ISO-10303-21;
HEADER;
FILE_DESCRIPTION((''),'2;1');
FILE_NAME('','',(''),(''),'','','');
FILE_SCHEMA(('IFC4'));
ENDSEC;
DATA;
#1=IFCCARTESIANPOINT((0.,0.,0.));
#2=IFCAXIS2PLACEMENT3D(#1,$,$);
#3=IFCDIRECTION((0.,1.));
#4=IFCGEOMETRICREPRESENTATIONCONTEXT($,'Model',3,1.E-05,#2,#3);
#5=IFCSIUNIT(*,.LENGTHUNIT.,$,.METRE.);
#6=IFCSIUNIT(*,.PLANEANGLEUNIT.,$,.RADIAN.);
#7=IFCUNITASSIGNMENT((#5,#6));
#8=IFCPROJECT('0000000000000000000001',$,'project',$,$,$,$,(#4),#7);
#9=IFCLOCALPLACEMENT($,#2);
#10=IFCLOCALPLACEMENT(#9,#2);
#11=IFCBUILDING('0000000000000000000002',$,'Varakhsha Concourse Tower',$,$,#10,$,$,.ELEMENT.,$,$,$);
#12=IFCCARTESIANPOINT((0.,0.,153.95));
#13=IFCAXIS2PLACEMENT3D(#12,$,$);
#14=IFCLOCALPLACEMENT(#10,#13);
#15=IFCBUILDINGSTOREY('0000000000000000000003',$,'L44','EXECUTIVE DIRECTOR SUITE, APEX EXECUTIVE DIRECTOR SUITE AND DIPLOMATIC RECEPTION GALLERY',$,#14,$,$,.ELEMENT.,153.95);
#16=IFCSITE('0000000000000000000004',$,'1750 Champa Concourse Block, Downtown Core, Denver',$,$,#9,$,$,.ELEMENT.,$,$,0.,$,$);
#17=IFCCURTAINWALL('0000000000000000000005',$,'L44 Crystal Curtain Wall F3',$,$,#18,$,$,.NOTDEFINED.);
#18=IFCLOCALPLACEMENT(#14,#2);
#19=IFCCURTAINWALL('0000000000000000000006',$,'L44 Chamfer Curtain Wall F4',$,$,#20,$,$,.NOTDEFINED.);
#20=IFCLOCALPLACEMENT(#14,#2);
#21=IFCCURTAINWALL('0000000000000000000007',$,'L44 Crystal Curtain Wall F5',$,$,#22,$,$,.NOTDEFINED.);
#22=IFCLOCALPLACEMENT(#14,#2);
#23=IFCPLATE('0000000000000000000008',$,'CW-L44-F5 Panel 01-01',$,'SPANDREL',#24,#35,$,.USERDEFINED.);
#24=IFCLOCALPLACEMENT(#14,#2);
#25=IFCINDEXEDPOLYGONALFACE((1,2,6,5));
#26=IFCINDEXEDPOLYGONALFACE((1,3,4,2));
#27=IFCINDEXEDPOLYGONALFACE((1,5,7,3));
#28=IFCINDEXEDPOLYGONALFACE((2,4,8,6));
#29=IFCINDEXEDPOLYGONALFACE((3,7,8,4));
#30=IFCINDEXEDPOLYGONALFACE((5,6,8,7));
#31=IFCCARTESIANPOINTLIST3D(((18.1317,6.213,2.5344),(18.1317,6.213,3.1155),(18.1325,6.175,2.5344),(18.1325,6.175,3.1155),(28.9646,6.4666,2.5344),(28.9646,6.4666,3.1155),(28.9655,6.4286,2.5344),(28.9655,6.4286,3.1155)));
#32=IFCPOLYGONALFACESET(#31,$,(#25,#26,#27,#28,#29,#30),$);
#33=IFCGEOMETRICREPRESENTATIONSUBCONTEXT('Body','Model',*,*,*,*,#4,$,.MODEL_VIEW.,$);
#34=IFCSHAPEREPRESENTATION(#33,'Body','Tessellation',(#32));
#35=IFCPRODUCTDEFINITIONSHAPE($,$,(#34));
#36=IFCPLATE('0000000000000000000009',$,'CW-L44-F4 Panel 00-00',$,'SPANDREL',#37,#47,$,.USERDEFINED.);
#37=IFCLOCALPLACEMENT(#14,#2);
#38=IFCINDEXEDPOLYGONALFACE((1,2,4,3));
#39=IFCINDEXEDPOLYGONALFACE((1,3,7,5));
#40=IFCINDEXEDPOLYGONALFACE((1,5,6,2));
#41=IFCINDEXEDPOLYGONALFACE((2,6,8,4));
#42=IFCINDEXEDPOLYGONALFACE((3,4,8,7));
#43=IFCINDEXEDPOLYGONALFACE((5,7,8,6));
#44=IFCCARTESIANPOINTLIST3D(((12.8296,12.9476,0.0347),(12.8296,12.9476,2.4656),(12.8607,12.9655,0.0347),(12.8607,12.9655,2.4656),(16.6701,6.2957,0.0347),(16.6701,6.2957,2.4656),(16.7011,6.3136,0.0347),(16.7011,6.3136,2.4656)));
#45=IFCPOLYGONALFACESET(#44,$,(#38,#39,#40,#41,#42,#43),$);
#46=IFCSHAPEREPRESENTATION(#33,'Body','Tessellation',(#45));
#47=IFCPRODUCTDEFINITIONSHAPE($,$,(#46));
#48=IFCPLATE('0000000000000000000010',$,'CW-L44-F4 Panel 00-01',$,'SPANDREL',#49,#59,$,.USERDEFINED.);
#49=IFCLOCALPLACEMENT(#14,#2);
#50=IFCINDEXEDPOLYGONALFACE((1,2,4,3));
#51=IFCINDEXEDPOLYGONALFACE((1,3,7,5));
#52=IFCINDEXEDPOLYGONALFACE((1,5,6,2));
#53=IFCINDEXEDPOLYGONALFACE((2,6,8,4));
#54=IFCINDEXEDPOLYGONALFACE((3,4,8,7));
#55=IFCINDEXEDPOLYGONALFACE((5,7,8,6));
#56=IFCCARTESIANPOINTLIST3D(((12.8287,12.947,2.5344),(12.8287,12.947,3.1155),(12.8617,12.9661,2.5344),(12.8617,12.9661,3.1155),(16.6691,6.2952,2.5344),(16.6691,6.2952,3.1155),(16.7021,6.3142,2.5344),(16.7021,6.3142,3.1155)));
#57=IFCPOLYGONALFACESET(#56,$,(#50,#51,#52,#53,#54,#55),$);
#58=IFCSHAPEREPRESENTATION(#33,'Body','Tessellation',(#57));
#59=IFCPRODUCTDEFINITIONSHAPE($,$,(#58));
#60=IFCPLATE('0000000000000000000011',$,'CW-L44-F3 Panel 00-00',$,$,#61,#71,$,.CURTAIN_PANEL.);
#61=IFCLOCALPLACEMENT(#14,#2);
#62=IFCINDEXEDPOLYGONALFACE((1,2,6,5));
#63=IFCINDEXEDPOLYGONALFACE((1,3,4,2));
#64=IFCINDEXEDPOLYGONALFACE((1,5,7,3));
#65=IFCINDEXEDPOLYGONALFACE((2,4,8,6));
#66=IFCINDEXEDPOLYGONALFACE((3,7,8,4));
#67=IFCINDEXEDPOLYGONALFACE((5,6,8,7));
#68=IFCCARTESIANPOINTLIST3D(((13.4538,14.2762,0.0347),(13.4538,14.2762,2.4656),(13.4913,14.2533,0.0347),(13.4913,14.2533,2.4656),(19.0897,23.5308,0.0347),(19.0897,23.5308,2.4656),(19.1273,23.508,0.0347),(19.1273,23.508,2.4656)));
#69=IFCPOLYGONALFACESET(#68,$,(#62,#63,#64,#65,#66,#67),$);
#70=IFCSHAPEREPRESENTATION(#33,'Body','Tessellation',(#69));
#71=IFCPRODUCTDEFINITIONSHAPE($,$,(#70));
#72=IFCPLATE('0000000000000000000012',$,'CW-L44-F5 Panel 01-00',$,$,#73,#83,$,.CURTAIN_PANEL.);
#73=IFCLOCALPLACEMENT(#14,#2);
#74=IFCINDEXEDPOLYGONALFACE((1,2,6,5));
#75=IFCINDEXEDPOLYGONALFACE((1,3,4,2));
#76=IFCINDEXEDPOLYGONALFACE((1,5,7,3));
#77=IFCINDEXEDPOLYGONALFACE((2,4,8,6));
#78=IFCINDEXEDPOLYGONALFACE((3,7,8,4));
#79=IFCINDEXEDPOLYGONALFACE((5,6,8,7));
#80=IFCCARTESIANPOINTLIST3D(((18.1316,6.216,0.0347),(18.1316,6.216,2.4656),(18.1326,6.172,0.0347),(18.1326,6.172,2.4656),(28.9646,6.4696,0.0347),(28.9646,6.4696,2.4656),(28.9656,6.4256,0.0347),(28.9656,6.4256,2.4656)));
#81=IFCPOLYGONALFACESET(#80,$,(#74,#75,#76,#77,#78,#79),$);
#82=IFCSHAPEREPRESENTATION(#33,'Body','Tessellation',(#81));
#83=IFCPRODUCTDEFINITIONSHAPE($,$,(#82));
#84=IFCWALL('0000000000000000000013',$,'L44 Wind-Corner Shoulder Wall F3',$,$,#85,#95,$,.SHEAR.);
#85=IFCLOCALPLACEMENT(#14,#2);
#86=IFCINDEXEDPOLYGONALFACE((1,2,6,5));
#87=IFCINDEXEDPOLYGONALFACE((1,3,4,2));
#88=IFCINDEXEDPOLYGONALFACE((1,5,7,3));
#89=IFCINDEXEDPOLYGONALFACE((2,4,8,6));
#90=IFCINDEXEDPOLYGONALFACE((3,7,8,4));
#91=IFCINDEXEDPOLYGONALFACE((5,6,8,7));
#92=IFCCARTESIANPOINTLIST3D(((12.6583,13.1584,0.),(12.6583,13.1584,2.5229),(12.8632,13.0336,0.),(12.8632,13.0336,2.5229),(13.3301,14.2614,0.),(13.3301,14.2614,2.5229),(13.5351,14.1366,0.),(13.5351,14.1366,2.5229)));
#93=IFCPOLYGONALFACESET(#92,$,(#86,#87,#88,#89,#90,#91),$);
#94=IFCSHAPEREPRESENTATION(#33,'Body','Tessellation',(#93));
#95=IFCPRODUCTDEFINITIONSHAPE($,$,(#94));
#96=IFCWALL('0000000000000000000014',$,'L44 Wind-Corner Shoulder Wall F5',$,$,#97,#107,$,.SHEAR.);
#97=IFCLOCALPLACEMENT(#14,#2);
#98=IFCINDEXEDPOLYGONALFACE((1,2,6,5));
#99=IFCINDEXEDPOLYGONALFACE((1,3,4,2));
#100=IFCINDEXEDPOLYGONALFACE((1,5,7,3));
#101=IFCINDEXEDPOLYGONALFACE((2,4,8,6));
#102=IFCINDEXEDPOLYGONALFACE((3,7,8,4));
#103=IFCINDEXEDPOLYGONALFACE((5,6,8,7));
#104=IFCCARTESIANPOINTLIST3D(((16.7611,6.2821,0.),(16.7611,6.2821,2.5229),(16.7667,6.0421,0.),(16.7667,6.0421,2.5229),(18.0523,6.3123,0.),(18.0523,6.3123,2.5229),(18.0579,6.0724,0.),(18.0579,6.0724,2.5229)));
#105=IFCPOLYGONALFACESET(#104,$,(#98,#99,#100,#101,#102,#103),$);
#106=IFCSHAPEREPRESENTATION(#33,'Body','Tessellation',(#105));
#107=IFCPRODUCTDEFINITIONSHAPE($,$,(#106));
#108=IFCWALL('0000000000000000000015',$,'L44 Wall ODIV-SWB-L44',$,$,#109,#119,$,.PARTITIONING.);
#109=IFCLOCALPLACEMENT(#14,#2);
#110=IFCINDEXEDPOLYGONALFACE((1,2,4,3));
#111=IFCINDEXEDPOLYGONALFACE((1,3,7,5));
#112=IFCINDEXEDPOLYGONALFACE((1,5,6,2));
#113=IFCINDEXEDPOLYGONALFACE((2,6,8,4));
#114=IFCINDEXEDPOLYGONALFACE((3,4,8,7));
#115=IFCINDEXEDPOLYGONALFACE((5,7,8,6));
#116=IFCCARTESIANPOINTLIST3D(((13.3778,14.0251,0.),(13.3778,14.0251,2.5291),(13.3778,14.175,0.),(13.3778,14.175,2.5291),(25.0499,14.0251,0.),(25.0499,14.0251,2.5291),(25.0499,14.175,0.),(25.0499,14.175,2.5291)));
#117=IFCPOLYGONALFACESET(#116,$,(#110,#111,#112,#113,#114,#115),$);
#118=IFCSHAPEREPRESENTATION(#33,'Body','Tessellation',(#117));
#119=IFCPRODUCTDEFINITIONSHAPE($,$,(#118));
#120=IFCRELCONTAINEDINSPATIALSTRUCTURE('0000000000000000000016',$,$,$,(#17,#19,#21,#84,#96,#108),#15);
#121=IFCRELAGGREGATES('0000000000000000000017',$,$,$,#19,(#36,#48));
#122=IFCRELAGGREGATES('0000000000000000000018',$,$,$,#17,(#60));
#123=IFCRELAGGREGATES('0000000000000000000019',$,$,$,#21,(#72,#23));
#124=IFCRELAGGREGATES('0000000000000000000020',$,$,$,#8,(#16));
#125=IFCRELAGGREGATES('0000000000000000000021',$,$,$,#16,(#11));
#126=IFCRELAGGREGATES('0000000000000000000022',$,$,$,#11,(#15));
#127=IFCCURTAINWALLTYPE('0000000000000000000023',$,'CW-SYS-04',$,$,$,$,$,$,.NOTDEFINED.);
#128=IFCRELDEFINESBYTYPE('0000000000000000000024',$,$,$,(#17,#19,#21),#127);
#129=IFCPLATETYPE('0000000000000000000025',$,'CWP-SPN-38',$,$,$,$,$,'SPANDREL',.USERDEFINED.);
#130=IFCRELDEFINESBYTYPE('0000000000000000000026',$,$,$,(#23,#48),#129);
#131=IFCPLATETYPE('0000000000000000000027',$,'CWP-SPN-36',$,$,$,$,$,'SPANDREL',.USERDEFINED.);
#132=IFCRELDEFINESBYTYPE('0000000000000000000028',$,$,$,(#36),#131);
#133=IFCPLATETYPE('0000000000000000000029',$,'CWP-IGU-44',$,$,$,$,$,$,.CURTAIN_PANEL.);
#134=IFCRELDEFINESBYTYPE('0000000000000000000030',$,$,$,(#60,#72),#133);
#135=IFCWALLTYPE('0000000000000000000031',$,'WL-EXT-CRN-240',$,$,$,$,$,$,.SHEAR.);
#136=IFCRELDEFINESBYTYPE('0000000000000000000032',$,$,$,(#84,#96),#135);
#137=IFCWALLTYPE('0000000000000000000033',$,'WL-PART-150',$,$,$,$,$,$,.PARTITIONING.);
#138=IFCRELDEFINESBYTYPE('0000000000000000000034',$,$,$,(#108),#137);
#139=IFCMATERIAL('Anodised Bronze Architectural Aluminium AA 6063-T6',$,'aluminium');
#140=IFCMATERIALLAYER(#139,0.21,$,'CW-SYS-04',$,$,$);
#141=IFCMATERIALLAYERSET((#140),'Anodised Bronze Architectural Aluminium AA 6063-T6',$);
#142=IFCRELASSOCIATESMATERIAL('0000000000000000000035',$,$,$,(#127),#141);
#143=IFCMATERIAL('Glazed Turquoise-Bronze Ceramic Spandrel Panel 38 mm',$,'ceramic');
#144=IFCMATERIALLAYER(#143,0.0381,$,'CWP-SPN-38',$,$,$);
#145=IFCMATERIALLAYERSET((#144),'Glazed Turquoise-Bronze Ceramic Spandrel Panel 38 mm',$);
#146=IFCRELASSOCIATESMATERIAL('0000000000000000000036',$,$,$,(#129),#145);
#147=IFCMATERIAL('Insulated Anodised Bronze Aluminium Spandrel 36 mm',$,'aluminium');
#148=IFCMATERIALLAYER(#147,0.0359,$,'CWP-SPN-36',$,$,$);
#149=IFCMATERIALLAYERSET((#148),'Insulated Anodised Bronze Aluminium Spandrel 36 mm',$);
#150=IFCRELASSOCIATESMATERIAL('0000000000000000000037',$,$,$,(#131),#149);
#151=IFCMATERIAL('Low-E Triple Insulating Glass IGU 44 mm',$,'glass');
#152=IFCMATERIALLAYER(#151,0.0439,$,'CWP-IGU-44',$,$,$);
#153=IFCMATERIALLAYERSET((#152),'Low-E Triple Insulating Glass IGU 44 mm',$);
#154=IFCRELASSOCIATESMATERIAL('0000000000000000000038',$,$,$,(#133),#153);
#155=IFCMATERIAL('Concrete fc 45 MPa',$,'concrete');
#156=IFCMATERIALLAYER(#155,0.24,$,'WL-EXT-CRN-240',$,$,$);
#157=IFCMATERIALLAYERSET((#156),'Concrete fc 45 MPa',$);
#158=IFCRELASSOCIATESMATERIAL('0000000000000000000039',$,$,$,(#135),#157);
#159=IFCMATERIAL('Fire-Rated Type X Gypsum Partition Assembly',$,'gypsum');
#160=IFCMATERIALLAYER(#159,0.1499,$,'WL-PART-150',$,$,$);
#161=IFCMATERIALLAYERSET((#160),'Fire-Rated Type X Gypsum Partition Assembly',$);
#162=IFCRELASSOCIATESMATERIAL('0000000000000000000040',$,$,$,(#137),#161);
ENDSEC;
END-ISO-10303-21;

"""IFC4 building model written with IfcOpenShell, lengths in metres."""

from ifc_helpers import new_model, si_unit, direction, frame, frame_2d, origin, origin_2d, place, context, subcontext, project, spatial, rectangle, extrude, source, transform, mapped, material, layer, layer_set, type_object, type_shapes, element, aggregate, save


model = new_model("IFC4")

# Units and contexts
model_context = context("Model", 3, precision=1e-05, world=origin(), true_north=direction((0.0, 1.0)))
body_context = subcontext(model_context, "Body", "Model", "MODEL_VIEW")
ifc_project = project(units=[si_unit("LENGTHUNIT", "METRE"), si_unit("PLANEANGLEUNIT", "RADIAN")], contexts=[model_context])

# Site, building, storey
site_placement = place(None, origin())
site = spatial("IfcSite", under=ifc_project, at=site_placement, Name="1750 Champa Concourse Block, Downtown Core, Denver", CompositionType="ELEMENT", RefElevation=0.0)
building_placement = place(site_placement, origin())
building = spatial("IfcBuilding", under=site, at=building_placement, Name="Varakhsha Concourse Tower", CompositionType="ELEMENT")
storey_placement = place(building_placement, frame((0.0, 0.0, 153.95)))
storey = spatial("IfcBuildingStorey", under=building, at=storey_placement, Name="L44", Description="EXECUTIVE DIRECTOR SUITE, APEX EXECUTIVE DIRECTOR SUITE AND DIPLOMATIC RECEPTION GALLERY", CompositionType="ELEMENT", Elevation=153.95)

# Curtain walls
ifc_material_1 = material(Name="Anodised Bronze Architectural Aluminium AA 6063-T6", Category="aluminium")
ifc_layer_1 = layer(ifc_material_1, 0.21, Name="CW-SYS-04")
ifc_layer_set_1 = layer_set([ifc_layer_1], Name="Anodised Bronze Architectural Aluminium AA 6063-T6")
curtain_wall_type = type_object("IfcCurtainWallType", Name="CW-SYS-04", PredefinedType="NOTDEFINED", material=ifc_layer_set_1)
curtain_wall_1_placement = place(storey_placement, origin())
curtain_wall_1 = element("IfcCurtainWall", 1, at=curtain_wall_1_placement, inside=storey, type_object=curtain_wall_type, Name="L44 Crystal Curtain Wall F3", PredefinedType="NOTDEFINED")
curtain_wall_2_placement = place(storey_placement, origin())
curtain_wall_2 = element("IfcCurtainWall", 2, at=curtain_wall_2_placement, inside=storey, type_object=curtain_wall_type, Name="L44 Chamfer Curtain Wall F4", PredefinedType="NOTDEFINED")

# Curtain wall
curtain_wall_3_placement = place(storey_placement, origin())
curtain_wall_3 = element("IfcCurtainWall", 3, at=curtain_wall_3_placement, inside=storey, type_object=curtain_wall_type, Name="L44 Crystal Curtain Wall F5", PredefinedType="NOTDEFINED")

# Shared definitions
ifc_material_2 = material(Name="Concrete fc 45 MPa", Category="concrete")

# Plates
ifc_material_3 = material(Name="Glazed Turquoise-Bronze Ceramic Spandrel Panel 38 mm", Category="ceramic")
ifc_layer_2 = layer(ifc_material_3, 0.0381, Name="CWP-SPN-38")
ifc_layer_set_2 = layer_set([ifc_layer_2], Name="Glazed Turquoise-Bronze Ceramic Spandrel Panel 38 mm")
plate_type_1 = type_object("IfcPlateType", Name="CWP-SPN-38", ElementType="SPANDREL", PredefinedType="USERDEFINED", material=ifc_layer_set_2)
shared_shape_1 = source(origin(), body_context, "Body", "SweptSolid", [
    extrude(rectangle(XDim=10.8359, YDim=0.0381, at=origin_2d()), origin(), (0.0, 0.0, 1.0), 0.5811),
])
plate_1_placement = place(storey_placement, frame((23.5486, 6.3208, 2.5344), z_axis=(0.0, 0.0, 1.0), x_axis=(-0.999726, -0.023404, 0.0)))
plate_1 = element("IfcPlate", 4, at=plate_1_placement, type_object=plate_type_1, Name="CW-L44-F5 Panel 01-01", ObjectType="SPANDREL", PredefinedType="USERDEFINED", context=body_context, shape_type="MappedRepresentation", body=[
    mapped(shared_shape_1, transform((0.0, 0.0, 0.0), scale=1.0)),
])
ifc_material_4 = material(Name="Insulated Anodised Bronze Aluminium Spandrel 36 mm", Category="aluminium")
ifc_layer_3 = layer(ifc_material_4, 0.0359, Name="CWP-SPN-36")
ifc_layer_set_3 = layer_set([ifc_layer_3], Name="Insulated Anodised Bronze Aluminium Spandrel 36 mm")
plate_type_2 = type_object("IfcPlateType", Name="CWP-SPN-36", ElementType="SPANDREL", PredefinedType="USERDEFINED", material=ifc_layer_set_3)
shared_shape_2 = source(origin(), body_context, "Body", "SweptSolid", [
    extrude(rectangle(XDim=7.6809, YDim=0.0359, at=origin_2d()), origin(), (0.0, 0.0, 1.0), 2.4309),
])
type_shapes(plate_type_2, [shared_shape_2])
plate_2_placement = place(storey_placement, frame((14.7654, 9.6306, 0.0347), z_axis=(0.0, 0.0, 1.0), x_axis=(-0.499997, 0.866027, 0.0)))
plate_2 = element("IfcPlate", 5, at=plate_2_placement, type_object=plate_type_2, Name="CW-L44-F4 Panel 00-00", ObjectType="SPANDREL", PredefinedType="USERDEFINED", context=body_context, shape_type="MappedRepresentation", body=[
    mapped(shared_shape_2, transform((0.0, 0.0, 0.0), scale=1.0)),
])
shared_shape_3 = source(origin(), body_context, "Body", "SweptSolid", [
    extrude(rectangle(XDim=7.6809, YDim=0.0381, at=origin_2d()), origin(), (0.0, 0.0, 1.0), 0.5811),
])
plate_3_placement = place(storey_placement, frame((14.7654, 9.6306, 2.5344), z_axis=(0.0, 0.0, 1.0), x_axis=(-0.499997, 0.866027, 0.0)))
plate_3 = element("IfcPlate", 6, at=plate_3_placement, type_object=plate_type_1, Name="CW-L44-F4 Panel 00-01", ObjectType="SPANDREL", PredefinedType="USERDEFINED", context=body_context, shape_type="MappedRepresentation", body=[
    mapped(shared_shape_3, transform((0.0, 0.0, 0.0), scale=1.0)),
])
aggregate(curtain_wall_2, [plate_2, plate_3])
ifc_material_5 = material(Name="Low-E Triple Insulating Glass IGU 44 mm", Category="glass")
ifc_layer_4 = layer(ifc_material_5, 0.0439, Name="CWP-IGU-44")
ifc_layer_set_4 = layer_set([ifc_layer_4], Name="Low-E Triple Insulating Glass IGU 44 mm")
plate_type_3 = type_object("IfcPlateType", Name="CWP-IGU-44", PredefinedType="CURTAIN_PANEL", material=ifc_layer_set_4)
shared_shape_4 = source(origin(), body_context, "Body", "SweptSolid", [
    extrude(rectangle(XDim=10.8357, YDim=0.0439, at=origin_2d()), origin(), (0.0, 0.0, 1.0), 2.4309),
])
plate_4_placement = place(storey_placement, frame((16.2905, 18.8921, 0.0347), z_axis=(0.0, 0.0, 1.0), x_axis=(0.520126, 0.85409, 0.0)))
plate_4 = element("IfcPlate", 7, at=plate_4_placement, type_object=plate_type_3, Name="CW-L44-F3 Panel 00-00", PredefinedType="CURTAIN_PANEL", context=body_context, shape_type="MappedRepresentation", body=[
    mapped(shared_shape_4, transform((0.0, 0.0, 0.0), scale=1.0)),
])
aggregate(curtain_wall_1, [plate_4])
shared_shape_5 = source(origin(), body_context, "Body", "SweptSolid", [
    extrude(rectangle(XDim=10.8359, YDim=0.0439, at=origin_2d()), origin(), (0.0, 0.0, 1.0), 2.4309),
])
type_shapes(plate_type_3, [shared_shape_4, shared_shape_5])
plate_5_placement = place(storey_placement, frame((23.5486, 6.3208, 0.0347), z_axis=(0.0, 0.0, 1.0), x_axis=(-0.999726, -0.023404, 0.0)))
plate_5 = element("IfcPlate", 8, at=plate_5_placement, type_object=plate_type_3, Name="CW-L44-F5 Panel 01-00", PredefinedType="CURTAIN_PANEL", context=body_context, shape_type="MappedRepresentation", body=[
    mapped(shared_shape_5, transform((0.0, 0.0, 0.0), scale=1.0)),
])
aggregate(curtain_wall_3, [plate_5, plate_1])

# Walls
ifc_layer_5 = layer(ifc_material_2, 0.24, Name="WL-EXT-CRN-240")
ifc_layer_set_5 = layer_set([ifc_layer_5], Name="Concrete fc 45 MPa")
wall_type_1 = type_object("IfcWallType", Name="WL-EXT-CRN-240", PredefinedType="SHEAR", material=ifc_layer_set_5)
for number, where, z_axis, x_axis, name in (
    (9, (13.4326, 14.199, 0.0), (0.0, 0.0, 1.0), (-0.520211, -0.854038, 0.0), "L44 Wind-Corner Shoulder Wall F3"),
    (10, (16.7639, 6.1621, 0.0), (0.0, 0.0, 1.0), (0.999725, 0.023438, 0.0), "L44 Wind-Corner Shoulder Wall F5"),
):
    element("IfcWall", number, at=place(storey_placement, frame(where, z_axis=z_axis, x_axis=x_axis)), inside=storey, type_object=wall_type_1, Name=name, PredefinedType="SHEAR", context=body_context, shape_type="SweptSolid", body=[
        extrude(rectangle(XDim=1.2915, YDim=0.24, at=frame_2d((0.6458, 0.0))), origin(), (0.0, 0.0, 1.0), 2.5229),
    ])
ifc_material_6 = material(Name="Fire-Rated Type X Gypsum Partition Assembly", Category="gypsum")
ifc_layer_6 = layer(ifc_material_6, 0.1499, Name="WL-PART-150")
ifc_layer_set_6 = layer_set([ifc_layer_6], Name="Fire-Rated Type X Gypsum Partition Assembly")
wall_type_2 = type_object("IfcWallType", Name="WL-PART-150", PredefinedType="PARTITIONING", material=ifc_layer_set_6)
wall_placement = place(storey_placement, frame((13.3779, 14.1001, 0.0), z_axis=(0.0, 0.0, 1.0), x_axis=(1.0, 0.0, 0.0)))
element("IfcWall", 11, at=wall_placement, inside=storey, type_object=wall_type_2, Name="L44 Wall ODIV-SWB-L44", PredefinedType="PARTITIONING", context=body_context, shape_type="SweptSolid", body=[
    extrude(rectangle(XDim=11.6721, YDim=0.1499, at=frame_2d((5.8359, 0.0))), origin(), (0.0, 0.0, 1.0), 2.5291),
])

save(model, "model.ifc")
